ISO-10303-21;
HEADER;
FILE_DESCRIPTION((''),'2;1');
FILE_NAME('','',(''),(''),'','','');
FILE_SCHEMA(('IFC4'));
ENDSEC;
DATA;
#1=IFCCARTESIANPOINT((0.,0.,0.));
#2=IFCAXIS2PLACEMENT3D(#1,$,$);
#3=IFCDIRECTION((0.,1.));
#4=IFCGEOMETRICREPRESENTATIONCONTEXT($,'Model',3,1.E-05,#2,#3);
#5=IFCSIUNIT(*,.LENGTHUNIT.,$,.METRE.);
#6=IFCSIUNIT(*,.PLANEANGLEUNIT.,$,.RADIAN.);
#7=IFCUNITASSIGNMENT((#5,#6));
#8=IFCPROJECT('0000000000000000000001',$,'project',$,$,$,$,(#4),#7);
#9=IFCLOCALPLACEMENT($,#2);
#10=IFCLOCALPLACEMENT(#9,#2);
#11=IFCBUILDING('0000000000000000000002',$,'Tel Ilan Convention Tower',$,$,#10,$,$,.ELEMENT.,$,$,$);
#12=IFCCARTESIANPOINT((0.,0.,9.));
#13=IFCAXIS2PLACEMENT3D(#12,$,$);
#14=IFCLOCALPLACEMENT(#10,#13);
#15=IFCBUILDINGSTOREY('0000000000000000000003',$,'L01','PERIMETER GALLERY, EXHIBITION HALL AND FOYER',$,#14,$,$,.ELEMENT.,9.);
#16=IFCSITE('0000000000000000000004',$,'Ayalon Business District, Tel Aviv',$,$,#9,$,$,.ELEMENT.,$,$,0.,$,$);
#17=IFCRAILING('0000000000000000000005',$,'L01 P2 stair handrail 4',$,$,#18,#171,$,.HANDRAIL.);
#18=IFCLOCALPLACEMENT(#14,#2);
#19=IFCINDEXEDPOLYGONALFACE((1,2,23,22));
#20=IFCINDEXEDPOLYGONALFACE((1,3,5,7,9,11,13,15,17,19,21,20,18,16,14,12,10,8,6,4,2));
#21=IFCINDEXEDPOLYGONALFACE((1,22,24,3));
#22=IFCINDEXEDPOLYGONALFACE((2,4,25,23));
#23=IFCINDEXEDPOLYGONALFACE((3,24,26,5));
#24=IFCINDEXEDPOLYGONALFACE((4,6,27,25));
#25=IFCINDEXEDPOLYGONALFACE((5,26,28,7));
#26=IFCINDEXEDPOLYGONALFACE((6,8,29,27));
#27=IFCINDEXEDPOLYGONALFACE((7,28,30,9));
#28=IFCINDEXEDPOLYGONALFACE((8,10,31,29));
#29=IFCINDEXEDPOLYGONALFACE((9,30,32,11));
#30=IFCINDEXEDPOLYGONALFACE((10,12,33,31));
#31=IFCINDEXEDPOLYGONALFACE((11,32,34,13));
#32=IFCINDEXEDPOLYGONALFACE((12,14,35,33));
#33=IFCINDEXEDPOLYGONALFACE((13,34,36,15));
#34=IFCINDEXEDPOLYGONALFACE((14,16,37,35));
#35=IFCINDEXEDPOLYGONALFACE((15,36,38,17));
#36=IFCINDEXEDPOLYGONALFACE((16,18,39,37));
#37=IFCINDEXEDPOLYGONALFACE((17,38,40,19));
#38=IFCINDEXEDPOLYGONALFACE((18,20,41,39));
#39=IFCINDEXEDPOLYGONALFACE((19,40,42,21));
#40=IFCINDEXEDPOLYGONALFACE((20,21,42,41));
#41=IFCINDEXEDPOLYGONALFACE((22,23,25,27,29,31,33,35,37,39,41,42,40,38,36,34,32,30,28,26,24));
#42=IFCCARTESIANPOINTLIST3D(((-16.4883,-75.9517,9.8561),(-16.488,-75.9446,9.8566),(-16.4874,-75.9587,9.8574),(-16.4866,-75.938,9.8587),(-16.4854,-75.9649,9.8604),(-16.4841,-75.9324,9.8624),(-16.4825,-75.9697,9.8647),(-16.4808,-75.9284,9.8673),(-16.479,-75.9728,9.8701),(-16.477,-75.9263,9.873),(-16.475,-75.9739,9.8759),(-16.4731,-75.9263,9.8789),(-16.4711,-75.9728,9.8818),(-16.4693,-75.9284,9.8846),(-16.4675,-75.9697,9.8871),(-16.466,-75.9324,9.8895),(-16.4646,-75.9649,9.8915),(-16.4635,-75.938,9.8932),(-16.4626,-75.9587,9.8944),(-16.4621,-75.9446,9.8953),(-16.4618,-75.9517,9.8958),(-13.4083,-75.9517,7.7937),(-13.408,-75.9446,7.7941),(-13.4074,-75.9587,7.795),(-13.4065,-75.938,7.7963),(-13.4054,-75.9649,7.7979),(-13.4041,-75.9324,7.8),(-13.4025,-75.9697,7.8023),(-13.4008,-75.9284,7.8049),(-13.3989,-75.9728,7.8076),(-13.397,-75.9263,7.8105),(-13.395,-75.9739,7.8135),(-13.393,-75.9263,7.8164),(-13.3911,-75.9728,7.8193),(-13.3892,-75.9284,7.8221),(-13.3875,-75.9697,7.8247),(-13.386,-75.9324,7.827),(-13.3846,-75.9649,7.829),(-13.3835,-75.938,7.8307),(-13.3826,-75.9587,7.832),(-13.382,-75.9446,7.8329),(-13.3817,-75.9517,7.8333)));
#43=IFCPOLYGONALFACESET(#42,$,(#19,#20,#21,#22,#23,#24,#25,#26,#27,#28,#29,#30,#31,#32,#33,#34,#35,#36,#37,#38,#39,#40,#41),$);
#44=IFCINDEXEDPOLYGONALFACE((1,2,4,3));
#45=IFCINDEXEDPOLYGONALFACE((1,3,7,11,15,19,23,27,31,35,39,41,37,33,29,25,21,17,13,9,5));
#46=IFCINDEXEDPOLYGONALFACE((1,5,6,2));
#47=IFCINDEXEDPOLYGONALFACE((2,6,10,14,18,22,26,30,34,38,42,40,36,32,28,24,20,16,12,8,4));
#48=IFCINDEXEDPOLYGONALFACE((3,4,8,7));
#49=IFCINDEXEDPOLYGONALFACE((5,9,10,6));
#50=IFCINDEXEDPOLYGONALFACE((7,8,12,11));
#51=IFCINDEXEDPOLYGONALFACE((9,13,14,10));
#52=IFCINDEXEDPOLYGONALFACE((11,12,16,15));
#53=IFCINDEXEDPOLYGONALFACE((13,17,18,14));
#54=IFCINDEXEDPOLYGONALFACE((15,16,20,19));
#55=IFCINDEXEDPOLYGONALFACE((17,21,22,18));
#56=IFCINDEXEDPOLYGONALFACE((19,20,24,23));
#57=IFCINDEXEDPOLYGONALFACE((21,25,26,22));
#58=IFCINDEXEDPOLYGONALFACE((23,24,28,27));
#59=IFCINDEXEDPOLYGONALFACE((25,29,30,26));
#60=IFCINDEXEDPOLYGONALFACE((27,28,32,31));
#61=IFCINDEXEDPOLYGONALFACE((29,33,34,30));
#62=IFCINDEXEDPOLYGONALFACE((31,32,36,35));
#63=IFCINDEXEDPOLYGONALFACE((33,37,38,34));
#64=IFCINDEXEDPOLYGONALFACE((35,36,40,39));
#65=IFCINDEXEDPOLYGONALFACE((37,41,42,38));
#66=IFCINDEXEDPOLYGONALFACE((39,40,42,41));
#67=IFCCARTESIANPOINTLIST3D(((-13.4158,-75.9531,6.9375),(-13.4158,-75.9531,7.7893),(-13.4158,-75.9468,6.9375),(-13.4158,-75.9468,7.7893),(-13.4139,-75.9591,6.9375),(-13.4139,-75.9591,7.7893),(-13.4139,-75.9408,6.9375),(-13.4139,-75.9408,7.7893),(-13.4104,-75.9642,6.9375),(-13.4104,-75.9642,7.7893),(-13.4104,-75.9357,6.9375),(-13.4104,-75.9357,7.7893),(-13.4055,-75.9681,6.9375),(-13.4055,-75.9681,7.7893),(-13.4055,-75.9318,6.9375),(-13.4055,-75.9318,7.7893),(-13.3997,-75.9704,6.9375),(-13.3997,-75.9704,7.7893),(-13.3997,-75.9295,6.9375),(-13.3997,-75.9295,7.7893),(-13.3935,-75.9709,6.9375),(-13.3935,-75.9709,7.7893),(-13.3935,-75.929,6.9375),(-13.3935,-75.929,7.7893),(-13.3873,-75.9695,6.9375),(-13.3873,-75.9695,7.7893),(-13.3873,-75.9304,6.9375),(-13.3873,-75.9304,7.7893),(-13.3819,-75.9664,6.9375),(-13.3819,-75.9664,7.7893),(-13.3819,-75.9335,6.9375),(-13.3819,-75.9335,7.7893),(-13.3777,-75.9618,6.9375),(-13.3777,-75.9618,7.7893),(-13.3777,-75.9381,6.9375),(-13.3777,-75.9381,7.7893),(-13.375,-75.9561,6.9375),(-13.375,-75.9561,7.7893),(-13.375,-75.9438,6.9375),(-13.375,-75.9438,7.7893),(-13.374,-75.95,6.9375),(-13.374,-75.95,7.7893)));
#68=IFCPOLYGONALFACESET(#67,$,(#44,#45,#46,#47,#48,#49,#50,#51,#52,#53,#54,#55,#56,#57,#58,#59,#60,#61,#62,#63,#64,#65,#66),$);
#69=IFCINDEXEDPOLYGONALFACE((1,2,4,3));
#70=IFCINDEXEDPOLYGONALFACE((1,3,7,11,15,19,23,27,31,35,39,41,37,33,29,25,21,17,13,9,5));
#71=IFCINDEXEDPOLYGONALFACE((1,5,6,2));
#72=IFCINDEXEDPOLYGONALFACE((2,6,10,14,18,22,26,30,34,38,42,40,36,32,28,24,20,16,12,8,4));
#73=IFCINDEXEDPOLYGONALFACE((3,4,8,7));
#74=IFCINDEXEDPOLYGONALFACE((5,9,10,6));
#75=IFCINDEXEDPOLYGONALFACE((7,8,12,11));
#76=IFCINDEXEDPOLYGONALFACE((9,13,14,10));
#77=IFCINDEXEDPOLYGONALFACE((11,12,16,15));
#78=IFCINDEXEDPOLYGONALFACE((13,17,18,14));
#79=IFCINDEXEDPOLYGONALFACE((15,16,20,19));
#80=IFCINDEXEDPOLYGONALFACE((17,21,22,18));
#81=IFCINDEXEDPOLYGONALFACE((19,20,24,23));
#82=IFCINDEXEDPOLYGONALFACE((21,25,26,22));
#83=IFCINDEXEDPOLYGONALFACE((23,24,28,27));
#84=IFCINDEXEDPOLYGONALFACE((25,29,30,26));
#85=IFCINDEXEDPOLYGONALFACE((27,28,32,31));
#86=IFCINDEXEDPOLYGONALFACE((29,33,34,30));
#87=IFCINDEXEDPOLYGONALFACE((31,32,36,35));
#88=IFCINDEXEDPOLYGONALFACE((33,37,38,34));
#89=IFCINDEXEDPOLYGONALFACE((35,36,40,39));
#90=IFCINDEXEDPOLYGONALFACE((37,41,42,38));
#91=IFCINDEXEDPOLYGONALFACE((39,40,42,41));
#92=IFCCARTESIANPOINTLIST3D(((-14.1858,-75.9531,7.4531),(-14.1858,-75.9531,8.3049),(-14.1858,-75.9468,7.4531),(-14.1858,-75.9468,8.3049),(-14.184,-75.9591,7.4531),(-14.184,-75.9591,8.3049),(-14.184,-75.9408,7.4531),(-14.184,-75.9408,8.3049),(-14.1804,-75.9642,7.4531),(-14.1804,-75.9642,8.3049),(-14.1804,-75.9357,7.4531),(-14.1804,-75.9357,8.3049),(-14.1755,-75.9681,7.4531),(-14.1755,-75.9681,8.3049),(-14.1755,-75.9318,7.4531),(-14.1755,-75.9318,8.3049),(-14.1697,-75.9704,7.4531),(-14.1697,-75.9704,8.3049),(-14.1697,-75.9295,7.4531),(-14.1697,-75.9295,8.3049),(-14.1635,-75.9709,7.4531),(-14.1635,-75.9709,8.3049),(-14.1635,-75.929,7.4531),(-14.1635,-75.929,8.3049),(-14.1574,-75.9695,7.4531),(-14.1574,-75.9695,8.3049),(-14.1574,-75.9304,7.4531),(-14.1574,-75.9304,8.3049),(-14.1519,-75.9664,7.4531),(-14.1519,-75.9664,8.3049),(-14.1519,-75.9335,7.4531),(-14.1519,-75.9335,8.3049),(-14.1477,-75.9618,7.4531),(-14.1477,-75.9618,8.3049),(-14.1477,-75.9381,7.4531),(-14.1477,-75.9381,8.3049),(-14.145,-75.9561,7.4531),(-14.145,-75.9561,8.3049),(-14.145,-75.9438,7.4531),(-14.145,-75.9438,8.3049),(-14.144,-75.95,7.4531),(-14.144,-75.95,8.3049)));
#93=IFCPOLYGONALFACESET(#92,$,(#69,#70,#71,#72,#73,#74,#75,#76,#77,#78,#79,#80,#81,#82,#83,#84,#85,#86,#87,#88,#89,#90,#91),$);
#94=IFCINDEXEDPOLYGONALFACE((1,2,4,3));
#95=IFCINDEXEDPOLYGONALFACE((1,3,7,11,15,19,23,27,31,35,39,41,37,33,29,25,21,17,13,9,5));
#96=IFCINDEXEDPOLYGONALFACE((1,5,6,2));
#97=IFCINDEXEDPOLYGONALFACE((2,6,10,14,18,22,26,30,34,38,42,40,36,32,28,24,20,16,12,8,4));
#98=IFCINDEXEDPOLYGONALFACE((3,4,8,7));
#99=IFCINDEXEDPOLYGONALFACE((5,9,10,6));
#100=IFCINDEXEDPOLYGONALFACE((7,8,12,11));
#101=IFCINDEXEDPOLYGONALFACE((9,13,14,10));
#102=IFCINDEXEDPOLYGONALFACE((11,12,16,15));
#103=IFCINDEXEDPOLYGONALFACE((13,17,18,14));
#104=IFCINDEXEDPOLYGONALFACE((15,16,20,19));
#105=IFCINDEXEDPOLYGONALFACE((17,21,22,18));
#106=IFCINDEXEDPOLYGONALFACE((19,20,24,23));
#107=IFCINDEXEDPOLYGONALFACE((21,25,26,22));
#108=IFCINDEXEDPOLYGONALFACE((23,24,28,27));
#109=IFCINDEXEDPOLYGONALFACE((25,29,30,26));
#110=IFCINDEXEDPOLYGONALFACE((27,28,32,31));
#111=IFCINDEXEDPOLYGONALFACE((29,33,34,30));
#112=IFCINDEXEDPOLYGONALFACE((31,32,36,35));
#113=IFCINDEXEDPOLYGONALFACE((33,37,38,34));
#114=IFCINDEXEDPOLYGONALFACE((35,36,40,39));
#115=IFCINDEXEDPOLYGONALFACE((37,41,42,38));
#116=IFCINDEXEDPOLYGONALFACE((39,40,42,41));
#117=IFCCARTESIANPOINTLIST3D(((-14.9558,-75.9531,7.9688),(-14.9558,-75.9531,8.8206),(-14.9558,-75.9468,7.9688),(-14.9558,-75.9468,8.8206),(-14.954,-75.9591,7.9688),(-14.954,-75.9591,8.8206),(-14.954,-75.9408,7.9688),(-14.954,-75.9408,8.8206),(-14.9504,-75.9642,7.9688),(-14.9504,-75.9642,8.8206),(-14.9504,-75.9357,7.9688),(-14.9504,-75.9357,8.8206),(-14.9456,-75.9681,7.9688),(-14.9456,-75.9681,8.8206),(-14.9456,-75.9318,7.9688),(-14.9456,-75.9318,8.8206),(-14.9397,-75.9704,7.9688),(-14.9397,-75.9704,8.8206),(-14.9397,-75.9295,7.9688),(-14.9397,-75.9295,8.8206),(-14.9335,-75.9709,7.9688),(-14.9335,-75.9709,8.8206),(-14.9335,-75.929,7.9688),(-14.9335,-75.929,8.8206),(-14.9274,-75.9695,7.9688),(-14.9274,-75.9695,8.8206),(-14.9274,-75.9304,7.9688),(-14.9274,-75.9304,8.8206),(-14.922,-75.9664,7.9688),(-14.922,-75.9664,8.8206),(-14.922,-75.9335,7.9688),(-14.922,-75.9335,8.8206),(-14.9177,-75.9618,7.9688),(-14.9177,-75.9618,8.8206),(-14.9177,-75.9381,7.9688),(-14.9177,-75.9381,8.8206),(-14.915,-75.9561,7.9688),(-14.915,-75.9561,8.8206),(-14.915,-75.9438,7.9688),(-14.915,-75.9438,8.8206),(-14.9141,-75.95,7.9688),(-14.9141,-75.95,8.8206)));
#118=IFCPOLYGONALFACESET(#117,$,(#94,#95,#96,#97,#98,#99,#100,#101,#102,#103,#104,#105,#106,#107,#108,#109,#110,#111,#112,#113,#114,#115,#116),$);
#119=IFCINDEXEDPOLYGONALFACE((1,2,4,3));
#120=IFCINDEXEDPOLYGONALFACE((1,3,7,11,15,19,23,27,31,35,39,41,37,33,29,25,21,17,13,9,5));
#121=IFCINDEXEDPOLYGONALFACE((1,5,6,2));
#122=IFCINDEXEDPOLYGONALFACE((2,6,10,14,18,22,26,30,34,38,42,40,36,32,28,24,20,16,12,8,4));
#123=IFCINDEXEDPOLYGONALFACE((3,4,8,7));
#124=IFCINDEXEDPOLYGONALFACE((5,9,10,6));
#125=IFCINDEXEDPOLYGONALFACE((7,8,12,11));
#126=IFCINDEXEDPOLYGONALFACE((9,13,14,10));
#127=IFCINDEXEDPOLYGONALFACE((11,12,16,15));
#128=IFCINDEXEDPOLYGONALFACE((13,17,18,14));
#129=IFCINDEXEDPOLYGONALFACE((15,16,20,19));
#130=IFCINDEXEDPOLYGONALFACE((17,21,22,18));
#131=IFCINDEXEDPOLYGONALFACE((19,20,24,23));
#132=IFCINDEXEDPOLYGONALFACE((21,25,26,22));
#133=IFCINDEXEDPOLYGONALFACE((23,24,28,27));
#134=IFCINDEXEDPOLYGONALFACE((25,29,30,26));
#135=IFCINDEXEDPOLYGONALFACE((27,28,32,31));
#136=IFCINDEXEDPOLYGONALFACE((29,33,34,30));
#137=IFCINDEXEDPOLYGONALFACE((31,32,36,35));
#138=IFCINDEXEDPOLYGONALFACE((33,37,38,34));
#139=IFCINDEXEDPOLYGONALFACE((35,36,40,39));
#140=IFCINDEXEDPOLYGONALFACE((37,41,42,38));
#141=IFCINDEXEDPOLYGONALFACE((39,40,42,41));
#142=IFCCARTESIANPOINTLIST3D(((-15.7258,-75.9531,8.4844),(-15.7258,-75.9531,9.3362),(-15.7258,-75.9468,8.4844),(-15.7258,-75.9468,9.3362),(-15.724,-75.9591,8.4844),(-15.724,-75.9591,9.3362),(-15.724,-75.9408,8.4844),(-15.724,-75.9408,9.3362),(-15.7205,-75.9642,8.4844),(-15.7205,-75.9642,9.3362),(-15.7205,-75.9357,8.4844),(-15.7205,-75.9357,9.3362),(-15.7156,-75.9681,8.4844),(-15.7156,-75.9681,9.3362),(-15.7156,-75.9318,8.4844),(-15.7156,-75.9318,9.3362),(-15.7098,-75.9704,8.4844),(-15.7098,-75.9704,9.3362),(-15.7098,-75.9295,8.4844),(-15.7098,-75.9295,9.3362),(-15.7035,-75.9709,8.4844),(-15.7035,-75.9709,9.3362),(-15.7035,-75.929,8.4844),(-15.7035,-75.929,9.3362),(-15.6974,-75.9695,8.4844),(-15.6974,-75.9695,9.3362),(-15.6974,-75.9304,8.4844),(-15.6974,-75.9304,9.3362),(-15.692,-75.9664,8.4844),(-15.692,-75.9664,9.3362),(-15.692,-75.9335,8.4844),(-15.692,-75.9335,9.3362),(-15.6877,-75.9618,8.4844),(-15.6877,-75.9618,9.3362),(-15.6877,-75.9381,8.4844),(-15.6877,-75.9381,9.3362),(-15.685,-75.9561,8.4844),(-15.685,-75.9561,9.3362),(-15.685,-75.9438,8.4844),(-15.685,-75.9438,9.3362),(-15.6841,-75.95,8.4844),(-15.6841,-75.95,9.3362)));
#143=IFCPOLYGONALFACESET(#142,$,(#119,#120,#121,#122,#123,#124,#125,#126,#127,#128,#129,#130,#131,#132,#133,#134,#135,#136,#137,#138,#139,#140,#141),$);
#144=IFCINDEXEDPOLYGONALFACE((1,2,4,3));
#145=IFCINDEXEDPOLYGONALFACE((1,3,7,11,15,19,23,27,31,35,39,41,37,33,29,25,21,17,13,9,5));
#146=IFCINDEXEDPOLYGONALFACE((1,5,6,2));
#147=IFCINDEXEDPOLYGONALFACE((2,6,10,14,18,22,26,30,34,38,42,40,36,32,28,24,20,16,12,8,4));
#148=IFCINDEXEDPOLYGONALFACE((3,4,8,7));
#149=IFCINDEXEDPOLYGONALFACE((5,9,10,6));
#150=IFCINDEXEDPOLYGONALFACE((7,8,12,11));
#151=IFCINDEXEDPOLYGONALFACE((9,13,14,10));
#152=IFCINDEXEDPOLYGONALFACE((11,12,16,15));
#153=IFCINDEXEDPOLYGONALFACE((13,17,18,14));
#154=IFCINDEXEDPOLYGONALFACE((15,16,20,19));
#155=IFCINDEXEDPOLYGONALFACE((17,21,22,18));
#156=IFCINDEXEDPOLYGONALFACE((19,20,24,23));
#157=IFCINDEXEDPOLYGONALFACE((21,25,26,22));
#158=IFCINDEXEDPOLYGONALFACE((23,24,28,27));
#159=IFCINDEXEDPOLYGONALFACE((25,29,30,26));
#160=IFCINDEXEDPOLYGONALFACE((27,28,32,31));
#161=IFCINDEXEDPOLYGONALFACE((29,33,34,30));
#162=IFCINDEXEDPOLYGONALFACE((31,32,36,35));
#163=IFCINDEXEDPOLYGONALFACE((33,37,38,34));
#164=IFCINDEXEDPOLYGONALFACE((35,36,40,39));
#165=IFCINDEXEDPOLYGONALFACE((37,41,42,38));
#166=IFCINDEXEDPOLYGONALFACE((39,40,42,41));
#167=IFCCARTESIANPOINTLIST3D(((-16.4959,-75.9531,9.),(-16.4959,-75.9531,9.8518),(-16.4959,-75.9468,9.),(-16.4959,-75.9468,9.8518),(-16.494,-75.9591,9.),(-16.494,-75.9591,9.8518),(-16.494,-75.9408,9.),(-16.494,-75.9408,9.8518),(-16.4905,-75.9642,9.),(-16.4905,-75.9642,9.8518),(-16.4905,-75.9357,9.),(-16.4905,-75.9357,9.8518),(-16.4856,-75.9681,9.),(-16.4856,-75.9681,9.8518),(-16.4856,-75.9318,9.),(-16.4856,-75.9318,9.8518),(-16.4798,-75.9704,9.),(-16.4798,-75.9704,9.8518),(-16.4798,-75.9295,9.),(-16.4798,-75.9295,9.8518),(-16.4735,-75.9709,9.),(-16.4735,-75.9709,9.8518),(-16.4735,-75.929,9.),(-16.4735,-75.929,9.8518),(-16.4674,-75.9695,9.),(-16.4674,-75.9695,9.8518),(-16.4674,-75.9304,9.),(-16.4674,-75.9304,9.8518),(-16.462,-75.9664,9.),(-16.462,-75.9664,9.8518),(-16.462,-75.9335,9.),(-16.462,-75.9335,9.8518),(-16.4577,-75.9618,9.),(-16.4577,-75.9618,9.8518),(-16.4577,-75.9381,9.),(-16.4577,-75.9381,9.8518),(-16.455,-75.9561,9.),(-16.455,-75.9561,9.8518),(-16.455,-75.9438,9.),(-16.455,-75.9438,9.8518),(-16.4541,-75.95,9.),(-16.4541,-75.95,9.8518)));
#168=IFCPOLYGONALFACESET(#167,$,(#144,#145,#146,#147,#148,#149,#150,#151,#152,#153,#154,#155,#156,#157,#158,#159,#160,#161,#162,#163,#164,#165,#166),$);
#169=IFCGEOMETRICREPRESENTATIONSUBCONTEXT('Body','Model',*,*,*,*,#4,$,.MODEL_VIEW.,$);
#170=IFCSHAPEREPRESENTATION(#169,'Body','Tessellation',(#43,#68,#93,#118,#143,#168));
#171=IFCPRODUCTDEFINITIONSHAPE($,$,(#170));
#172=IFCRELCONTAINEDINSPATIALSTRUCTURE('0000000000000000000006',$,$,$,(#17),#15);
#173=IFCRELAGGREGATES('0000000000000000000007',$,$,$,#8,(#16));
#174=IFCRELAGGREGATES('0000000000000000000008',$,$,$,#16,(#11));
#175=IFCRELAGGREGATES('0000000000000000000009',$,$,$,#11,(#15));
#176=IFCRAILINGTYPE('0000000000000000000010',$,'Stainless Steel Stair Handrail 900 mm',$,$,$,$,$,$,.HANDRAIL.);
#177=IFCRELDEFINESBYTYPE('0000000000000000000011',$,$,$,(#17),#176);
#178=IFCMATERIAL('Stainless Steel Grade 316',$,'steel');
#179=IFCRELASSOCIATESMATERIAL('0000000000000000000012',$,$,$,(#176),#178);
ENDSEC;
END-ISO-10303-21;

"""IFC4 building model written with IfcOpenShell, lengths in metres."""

from ifc_helpers import new_model, si_unit, direction, frame, origin, origin_2d, place, context, subcontext, project, spatial, circle, extrude, material, type_object, element, save


model = new_model("IFC4")

# Units and contexts
model_context = context("Model", 3, precision=1e-05, world=origin(), true_north=direction((0.0, 1.0)))
body_context = subcontext(model_context, "Body", "Model", "MODEL_VIEW")
ifc_project = project(units=[si_unit("LENGTHUNIT", "METRE"), si_unit("PLANEANGLEUNIT", "RADIAN")], contexts=[model_context])

# Site, building, storey
site_placement = place(None, origin())
site = spatial("IfcSite", under=ifc_project, at=site_placement, Name="Ayalon Business District, Tel Aviv", CompositionType="ELEMENT", RefElevation=0.0)
building_placement = place(site_placement, origin())
building = spatial("IfcBuilding", under=site, at=building_placement, Name="Tel Ilan Convention Tower", CompositionType="ELEMENT")
storey_placement = place(building_placement, frame((0.0, 0.0, 9.0)))
storey = spatial("IfcBuildingStorey", under=building, at=storey_placement, Name="L01", Description="PERIMETER GALLERY, EXHIBITION HALL AND FOYER", CompositionType="ELEMENT", Elevation=9.0)

# Railing
ifc_material_1 = material(Name="Stainless Steel Grade 316", Category="steel")
railing_type_1 = type_object("IfcRailingType", Name="Stainless Steel Stair Handrail 900 mm", PredefinedType="HANDRAIL", material=ifc_material_1)
for number, where, name in (
    (1, (-13.395, -75.95, 6.9375), "L01 P2 stair handrail 4"),
):
    element("IfcRailing", number, at=place(storey_placement, frame(where)), inside=storey, type_object=railing_type_1, Name=name, PredefinedType="HANDRAIL", context=body_context, shape_type="SweptSolid", body=[
        extrude(circle(Radius=0.0239, at=origin_2d()), frame((0.0, 0.0, 0.876), z_axis=(-0.830914, 0.0, 0.556401), x_axis=(0.0, -1.0, 0.0)), (0.0, 0.0, 1.0), 3.7068),
        extrude(circle(Radius=0.021, at=origin_2d()), origin(), (0.0, 0.0, 1.0), 0.8518),
        extrude(circle(Radius=0.021, at=origin_2d()), frame((-0.77, 0.0, 0.5156)), (0.0, 0.0, 1.0), 0.8518),
        extrude(circle(Radius=0.021, at=origin_2d()), frame((-1.54, 0.0, 1.0312)), (0.0, 0.0, 1.0), 0.8518),
        extrude(circle(Radius=0.021, at=origin_2d()), frame((-2.3101, 0.0, 1.5469)), (0.0, 0.0, 1.0), 0.8518),
        extrude(circle(Radius=0.021, at=origin_2d()), frame((-3.0801, 0.0, 2.0625)), (0.0, 0.0, 1.0), 0.8518),
    ])

save(model, "model.ifc")
